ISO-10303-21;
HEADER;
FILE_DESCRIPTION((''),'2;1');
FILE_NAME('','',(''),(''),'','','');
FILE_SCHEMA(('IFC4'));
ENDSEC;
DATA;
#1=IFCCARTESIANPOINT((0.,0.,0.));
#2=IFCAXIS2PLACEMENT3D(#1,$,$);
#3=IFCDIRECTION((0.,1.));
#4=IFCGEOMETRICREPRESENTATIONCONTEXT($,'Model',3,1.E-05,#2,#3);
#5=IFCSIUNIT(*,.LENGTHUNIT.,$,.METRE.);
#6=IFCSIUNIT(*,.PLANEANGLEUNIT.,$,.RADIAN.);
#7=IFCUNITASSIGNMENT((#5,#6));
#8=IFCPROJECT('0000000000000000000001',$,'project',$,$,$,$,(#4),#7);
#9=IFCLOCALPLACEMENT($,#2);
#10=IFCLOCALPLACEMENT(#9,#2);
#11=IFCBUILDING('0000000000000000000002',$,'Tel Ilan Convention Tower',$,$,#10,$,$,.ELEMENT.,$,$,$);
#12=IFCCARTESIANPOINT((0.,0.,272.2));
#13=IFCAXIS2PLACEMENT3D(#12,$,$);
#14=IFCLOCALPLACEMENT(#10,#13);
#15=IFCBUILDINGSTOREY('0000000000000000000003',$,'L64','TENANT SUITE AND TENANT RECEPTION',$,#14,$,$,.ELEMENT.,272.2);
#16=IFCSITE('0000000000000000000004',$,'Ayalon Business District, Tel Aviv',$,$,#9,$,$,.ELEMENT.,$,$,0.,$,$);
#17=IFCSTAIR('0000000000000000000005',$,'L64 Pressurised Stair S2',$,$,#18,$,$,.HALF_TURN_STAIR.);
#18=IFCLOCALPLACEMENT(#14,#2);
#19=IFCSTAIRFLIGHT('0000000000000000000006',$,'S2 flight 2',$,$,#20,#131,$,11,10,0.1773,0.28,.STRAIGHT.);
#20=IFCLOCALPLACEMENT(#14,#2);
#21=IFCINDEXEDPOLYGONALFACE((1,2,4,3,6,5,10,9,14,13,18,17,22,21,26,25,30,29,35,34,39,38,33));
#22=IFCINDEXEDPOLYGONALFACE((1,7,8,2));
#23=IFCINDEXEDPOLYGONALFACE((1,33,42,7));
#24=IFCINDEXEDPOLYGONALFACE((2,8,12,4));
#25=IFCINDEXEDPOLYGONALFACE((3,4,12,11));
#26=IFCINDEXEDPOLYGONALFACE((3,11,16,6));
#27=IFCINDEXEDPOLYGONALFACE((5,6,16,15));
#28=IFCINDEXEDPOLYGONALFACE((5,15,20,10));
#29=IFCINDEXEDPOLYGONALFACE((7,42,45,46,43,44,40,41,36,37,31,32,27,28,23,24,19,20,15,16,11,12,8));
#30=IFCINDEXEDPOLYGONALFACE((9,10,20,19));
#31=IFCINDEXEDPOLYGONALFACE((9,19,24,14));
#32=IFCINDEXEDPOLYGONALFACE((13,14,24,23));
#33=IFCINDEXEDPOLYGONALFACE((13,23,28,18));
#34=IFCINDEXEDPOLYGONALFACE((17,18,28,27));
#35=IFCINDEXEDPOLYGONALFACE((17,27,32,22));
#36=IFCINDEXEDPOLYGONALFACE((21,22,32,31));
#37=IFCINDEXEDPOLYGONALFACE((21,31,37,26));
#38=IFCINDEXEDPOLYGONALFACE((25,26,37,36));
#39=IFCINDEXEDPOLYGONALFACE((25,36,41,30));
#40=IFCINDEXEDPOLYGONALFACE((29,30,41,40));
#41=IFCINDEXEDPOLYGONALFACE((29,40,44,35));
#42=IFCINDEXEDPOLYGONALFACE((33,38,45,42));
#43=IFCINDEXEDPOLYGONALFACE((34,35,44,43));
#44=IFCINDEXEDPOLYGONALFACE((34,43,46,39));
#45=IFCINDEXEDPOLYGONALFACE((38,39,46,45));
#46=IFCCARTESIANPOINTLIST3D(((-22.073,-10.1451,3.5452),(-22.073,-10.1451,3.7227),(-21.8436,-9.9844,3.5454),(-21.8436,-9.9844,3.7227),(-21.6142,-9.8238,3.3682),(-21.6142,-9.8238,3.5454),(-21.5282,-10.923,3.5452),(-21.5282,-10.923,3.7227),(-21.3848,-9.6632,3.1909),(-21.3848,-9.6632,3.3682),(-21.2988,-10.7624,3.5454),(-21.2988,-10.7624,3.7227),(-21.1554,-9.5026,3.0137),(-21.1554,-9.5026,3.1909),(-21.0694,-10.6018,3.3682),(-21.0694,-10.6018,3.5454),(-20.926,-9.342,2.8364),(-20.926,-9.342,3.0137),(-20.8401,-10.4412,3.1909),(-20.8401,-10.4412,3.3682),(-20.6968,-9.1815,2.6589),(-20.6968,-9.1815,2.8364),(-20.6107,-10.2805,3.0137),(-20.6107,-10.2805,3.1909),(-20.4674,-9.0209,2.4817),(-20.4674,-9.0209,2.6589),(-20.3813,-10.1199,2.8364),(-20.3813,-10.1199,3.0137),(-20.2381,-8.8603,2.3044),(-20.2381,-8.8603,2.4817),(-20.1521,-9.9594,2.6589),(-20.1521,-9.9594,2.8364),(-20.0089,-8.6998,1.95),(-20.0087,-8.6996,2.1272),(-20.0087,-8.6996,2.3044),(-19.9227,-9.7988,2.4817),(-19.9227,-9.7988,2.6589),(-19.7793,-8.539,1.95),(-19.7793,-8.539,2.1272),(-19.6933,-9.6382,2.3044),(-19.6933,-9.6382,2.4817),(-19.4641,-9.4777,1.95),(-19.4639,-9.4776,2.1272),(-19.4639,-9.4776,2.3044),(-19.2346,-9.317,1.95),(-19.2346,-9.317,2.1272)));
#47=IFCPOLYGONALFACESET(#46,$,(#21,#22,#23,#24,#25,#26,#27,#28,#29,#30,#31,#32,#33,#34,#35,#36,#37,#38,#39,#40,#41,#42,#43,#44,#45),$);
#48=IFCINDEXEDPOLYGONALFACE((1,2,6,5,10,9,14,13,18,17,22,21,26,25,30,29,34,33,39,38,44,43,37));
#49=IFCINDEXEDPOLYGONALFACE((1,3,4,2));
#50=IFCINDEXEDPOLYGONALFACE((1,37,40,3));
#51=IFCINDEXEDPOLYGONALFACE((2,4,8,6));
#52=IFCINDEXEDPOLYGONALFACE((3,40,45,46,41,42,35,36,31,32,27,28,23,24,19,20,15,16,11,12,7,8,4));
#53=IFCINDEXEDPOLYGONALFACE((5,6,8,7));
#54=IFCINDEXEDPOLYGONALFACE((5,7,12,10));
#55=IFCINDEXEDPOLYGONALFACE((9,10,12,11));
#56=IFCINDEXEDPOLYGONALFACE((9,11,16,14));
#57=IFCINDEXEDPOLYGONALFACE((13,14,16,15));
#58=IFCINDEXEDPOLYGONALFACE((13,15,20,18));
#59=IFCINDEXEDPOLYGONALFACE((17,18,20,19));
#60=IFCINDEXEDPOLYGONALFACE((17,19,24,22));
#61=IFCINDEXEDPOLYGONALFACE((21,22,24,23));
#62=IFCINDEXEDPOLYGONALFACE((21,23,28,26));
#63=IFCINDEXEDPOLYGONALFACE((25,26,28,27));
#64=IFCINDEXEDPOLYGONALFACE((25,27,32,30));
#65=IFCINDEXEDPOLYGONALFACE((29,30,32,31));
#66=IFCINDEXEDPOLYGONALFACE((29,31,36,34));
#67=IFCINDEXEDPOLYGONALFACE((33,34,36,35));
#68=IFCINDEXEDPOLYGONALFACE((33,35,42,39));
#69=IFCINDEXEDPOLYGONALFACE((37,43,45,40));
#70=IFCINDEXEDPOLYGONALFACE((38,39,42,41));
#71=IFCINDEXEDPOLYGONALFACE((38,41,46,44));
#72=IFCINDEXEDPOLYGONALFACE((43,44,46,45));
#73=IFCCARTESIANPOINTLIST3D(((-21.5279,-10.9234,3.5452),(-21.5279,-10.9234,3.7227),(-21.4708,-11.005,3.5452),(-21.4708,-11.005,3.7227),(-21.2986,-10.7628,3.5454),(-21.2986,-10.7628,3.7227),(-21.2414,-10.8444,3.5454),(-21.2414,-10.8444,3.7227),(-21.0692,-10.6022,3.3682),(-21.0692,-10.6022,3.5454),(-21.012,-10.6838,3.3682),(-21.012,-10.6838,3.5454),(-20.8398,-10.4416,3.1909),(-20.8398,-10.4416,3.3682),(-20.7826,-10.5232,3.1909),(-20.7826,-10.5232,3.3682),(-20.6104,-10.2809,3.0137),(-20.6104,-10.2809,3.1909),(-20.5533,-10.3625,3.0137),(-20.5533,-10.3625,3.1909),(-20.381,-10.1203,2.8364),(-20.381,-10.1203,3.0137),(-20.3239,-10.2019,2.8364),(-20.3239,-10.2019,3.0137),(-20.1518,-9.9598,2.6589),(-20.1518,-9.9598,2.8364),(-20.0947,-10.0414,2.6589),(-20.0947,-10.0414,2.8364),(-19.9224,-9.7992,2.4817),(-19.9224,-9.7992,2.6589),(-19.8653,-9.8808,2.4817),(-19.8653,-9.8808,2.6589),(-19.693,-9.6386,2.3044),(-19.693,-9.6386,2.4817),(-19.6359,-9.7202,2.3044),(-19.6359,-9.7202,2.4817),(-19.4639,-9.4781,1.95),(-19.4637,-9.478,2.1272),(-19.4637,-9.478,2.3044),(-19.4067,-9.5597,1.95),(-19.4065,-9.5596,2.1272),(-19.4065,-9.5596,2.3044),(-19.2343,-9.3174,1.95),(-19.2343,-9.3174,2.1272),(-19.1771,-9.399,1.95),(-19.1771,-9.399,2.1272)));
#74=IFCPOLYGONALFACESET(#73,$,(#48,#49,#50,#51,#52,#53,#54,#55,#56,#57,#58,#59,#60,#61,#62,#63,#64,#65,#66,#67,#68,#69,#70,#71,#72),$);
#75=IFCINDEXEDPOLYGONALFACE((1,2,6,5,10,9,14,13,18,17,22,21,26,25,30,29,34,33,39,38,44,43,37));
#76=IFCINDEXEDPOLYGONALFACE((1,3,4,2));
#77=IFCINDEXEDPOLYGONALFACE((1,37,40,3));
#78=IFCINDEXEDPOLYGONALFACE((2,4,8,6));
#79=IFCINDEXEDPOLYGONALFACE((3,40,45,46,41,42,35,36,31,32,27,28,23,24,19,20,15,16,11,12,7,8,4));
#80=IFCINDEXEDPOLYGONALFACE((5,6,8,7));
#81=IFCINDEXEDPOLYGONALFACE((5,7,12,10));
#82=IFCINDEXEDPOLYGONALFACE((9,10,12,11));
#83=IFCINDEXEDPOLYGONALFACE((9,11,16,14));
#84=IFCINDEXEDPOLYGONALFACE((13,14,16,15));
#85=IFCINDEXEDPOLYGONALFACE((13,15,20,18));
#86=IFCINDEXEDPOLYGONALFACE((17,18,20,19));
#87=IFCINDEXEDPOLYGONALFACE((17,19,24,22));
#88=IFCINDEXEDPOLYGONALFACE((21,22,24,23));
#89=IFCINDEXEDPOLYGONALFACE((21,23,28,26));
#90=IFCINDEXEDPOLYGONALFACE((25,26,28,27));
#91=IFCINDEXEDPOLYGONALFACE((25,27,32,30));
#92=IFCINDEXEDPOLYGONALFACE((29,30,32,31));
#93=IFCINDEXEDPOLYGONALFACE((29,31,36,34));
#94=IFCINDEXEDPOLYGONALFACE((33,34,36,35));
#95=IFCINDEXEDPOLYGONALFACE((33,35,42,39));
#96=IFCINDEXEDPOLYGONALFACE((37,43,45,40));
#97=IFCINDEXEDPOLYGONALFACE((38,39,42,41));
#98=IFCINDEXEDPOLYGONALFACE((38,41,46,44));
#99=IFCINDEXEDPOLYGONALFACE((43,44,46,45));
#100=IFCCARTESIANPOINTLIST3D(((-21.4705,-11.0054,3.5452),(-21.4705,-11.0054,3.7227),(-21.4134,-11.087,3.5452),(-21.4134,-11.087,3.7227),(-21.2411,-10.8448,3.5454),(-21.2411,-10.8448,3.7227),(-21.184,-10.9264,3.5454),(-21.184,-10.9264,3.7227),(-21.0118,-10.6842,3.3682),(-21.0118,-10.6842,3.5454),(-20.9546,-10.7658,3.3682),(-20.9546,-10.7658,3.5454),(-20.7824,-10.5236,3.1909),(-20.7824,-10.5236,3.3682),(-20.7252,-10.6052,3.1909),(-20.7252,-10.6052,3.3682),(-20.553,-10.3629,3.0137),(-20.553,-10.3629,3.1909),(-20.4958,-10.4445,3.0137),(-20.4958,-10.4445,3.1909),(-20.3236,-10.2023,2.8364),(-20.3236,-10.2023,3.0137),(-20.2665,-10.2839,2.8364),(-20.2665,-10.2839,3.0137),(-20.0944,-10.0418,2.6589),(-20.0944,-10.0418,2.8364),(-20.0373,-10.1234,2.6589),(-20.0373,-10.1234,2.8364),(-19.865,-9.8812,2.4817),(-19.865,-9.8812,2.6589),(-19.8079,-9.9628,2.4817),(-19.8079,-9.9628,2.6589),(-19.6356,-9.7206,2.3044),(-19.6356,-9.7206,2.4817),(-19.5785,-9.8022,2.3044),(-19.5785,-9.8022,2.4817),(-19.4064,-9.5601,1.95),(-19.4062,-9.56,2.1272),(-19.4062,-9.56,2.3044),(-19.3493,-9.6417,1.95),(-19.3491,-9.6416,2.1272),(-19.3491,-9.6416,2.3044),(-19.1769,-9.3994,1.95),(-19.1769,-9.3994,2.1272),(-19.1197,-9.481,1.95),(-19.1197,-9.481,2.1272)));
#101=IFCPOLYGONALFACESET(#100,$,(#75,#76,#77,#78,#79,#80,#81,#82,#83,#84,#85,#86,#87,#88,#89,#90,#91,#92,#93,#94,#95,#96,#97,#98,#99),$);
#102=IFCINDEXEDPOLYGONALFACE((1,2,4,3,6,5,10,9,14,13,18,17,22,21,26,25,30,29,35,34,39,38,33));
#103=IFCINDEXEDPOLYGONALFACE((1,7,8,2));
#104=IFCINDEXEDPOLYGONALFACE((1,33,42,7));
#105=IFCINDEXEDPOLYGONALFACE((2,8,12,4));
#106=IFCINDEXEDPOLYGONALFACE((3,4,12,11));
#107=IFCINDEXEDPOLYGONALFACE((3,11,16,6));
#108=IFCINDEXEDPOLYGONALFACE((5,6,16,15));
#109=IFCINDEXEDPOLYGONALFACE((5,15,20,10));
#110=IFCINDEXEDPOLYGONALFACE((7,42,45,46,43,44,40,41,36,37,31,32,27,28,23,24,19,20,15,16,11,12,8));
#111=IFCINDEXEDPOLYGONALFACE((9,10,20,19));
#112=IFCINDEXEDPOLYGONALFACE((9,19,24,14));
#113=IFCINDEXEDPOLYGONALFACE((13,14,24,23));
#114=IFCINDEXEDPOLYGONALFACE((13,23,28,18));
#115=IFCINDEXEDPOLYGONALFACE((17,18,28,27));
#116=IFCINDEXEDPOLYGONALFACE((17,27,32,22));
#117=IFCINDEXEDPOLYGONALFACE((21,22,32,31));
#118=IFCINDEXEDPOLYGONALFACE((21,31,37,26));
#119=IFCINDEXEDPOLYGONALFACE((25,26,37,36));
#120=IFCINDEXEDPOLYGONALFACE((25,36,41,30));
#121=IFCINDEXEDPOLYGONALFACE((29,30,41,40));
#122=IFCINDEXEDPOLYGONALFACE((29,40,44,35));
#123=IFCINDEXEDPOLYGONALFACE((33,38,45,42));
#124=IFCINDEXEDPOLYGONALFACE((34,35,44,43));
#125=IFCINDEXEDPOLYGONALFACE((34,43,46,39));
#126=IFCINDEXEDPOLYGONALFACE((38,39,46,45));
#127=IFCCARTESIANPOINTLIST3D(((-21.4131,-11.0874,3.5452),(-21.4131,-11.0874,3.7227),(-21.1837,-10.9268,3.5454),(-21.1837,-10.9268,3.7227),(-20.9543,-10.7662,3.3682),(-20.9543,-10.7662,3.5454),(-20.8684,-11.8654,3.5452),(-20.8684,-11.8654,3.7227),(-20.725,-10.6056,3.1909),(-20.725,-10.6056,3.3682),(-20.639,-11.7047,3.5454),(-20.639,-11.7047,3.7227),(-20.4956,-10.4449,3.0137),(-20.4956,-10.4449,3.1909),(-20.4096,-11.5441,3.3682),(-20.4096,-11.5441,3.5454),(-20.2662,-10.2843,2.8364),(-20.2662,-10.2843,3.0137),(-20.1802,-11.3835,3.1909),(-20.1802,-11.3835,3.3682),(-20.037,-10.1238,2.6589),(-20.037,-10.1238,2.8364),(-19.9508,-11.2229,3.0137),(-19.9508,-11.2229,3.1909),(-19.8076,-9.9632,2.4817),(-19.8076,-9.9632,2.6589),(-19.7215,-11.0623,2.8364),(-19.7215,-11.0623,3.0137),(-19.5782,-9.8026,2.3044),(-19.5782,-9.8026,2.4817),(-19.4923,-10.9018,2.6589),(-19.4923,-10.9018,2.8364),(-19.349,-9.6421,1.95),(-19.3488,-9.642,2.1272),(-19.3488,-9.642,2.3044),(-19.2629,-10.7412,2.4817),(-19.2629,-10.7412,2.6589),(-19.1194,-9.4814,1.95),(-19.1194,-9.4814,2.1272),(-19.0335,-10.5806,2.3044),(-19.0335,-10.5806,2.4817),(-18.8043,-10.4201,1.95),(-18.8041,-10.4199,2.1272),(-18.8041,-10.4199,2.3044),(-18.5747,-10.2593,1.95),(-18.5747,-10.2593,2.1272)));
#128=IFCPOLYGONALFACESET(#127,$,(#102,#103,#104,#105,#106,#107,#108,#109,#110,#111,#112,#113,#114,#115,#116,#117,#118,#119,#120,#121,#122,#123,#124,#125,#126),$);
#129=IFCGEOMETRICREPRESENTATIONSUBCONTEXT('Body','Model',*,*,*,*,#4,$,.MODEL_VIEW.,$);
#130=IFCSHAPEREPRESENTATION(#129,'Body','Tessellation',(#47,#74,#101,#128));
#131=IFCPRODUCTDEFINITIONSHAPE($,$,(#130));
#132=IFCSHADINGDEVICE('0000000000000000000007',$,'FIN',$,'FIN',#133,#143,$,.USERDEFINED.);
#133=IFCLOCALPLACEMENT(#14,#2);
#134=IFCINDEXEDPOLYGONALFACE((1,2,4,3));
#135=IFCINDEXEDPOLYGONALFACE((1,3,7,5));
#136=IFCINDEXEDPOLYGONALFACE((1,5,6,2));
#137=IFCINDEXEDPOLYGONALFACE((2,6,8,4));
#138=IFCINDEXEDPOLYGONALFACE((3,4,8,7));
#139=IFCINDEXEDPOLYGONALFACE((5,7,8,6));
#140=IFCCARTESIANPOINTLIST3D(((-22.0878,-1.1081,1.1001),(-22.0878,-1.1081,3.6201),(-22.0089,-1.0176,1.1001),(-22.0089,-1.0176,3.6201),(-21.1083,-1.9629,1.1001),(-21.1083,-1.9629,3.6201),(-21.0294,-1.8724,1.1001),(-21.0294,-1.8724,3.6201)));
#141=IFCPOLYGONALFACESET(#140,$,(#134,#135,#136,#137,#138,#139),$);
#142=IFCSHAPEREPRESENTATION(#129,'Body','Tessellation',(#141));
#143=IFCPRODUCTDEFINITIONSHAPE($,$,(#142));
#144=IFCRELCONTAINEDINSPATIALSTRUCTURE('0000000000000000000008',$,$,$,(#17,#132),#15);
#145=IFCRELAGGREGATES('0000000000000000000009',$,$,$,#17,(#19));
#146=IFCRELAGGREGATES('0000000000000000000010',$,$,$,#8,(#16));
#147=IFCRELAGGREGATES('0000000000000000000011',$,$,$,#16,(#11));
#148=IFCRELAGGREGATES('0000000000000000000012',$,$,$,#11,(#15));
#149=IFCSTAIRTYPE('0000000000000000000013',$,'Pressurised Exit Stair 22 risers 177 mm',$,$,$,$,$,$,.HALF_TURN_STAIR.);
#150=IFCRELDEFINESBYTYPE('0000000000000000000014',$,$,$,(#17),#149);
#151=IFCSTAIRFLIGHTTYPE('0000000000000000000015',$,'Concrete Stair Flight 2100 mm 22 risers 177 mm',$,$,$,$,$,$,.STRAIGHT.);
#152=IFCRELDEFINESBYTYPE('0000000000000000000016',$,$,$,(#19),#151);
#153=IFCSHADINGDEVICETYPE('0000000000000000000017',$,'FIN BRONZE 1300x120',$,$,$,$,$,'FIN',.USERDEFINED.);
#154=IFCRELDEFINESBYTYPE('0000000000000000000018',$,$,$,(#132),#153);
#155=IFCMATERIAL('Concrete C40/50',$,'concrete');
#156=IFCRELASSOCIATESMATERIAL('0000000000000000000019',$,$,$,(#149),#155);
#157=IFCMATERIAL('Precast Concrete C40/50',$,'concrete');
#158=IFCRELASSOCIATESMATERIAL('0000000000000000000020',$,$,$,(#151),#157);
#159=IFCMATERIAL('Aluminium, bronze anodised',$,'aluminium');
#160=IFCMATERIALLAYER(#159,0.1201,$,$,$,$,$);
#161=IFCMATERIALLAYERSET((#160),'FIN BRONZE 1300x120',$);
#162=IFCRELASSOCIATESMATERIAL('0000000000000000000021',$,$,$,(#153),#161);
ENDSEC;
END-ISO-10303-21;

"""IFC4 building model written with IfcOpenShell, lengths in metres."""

from ifc_helpers import new_model, si_unit, direction, frame, origin, origin_2d, place, context, subcontext, project, spatial, polyline, rectangle, outline, extrude, material, layer, layer_set, type_object, element, aggregate, save


model = new_model("IFC4")

# Units and contexts
model_context = context("Model", 3, precision=1e-05, world=origin(), true_north=direction((0.0, 1.0)))
body_context = subcontext(model_context, "Body", "Model", "MODEL_VIEW")
ifc_project = project(units=[si_unit("LENGTHUNIT", "METRE"), si_unit("PLANEANGLEUNIT", "RADIAN")], contexts=[model_context])

# Site, building, storey
site_placement = place(None, origin())
site = spatial("IfcSite", under=ifc_project, at=site_placement, Name="Ayalon Business District, Tel Aviv", CompositionType="ELEMENT", RefElevation=0.0)
building_placement = place(site_placement, origin())
building = spatial("IfcBuilding", under=site, at=building_placement, Name="Tel Ilan Convention Tower", CompositionType="ELEMENT")
storey_placement = place(building_placement, frame((0.0, 0.0, 272.2)))
storey = spatial("IfcBuildingStorey", under=building, at=storey_placement, Name="L64", Description="TENANT SUITE AND TENANT RECEPTION", CompositionType="ELEMENT", Elevation=272.2)

# Stair, stair flight
ifc_material_1 = material(Name="Concrete C40/50", Category="concrete")
stair_type = type_object("IfcStairType", Name="Pressurised Exit Stair 22 risers 177 mm", PredefinedType="HALF_TURN_STAIR", material=ifc_material_1)
ifc_material_2 = material(Name="Precast Concrete C40/50", Category="concrete")
stair_flight_type = type_object("IfcStairFlightType", Name="Concrete Stair Flight 2100 mm 22 risers 177 mm", PredefinedType="STRAIGHT", material=ifc_material_2)
stair_1_placement = place(storey_placement, origin())
stair_1 = element("IfcStair", 1, at=stair_1_placement, inside=storey, type_object=stair_type, Name="L64 Pressurised Stair S2", PredefinedType="HALF_TURN_STAIR")
stair_flight_1_placement = place(storey_placement, frame((-19.177, -9.3992, 1.95), z_axis=(0.0, 0.0, 1.0), x_axis=(-0.819152, -0.573576, 0.0)))
stair_flight_1 = element("IfcStairFlight", 2, at=stair_flight_1_placement, type_object=stair_flight_type, Name="S2 flight 2", NumberOfRisers=11, NumberOfTreads=10, PredefinedType="STRAIGHT", RiserHeight=0.1773, TreadLength=0.28, context=body_context, shape_type="SweptSolid", body=[
    extrude(outline(polyline([(0.0, 0.0), (0.0, 0.1772), (0.28, 0.1772), (0.28, 0.3545), (0.5601, 0.3545), (0.5601, 0.5317), (0.8401, 0.5317), (0.8401, 0.709), (1.1201, 0.709), (1.1201, 0.8865), (1.3999, 0.8865), (1.3999, 1.0637), (1.6799, 1.0637), (1.6799, 1.241), (1.96, 1.241), (1.96, 1.4182), (2.24, 1.4182), (2.24, 1.5955), (2.52, 1.5955), (2.52, 1.7727), (2.8, 1.7727), (2.8, 1.95), (2.8, 1.5952), (0.2803, 0.0), (0.0, 0.0)])), frame((0.0, -0.1003, 0.0), z_axis=(0.0, -1.0, 0.0), x_axis=(1.0, 0.0, 0.0)), (0.0, 0.0, 1.0), 0.9497),
    extrude(outline(polyline([(0.0, 0.0), (0.0, 0.1772), (0.28, 0.1772), (0.28, 0.3545), (0.5601, 0.3545), (0.5601, 0.5317), (0.8401, 0.5317), (0.8401, 0.709), (1.1201, 0.709), (1.1201, 0.8865), (1.3999, 0.8865), (1.3999, 1.0637), (1.6799, 1.0637), (1.6799, 1.241), (1.96, 1.241), (1.96, 1.4182), (2.24, 1.4182), (2.24, 1.5955), (2.52, 1.5955), (2.52, 1.7727), (2.8, 1.7727), (2.8, 1.95), (2.8, 1.5952), (0.2803, 0.0), (0.0, 0.0)])), frame((0.0, -0.0002, 0.0), z_axis=(0.0, -1.0, 0.0), x_axis=(1.0, 0.0, 0.0)), (0.0, 0.0, 1.0), 0.0996),
    extrude(outline(polyline([(0.0, 0.0), (0.0, 0.1772), (0.28, 0.1772), (0.28, 0.3545), (0.5601, 0.3545), (0.5601, 0.5317), (0.8401, 0.5317), (0.8401, 0.709), (1.1201, 0.709), (1.1201, 0.8865), (1.3999, 0.8865), (1.3999, 1.0637), (1.6799, 1.0637), (1.6799, 1.241), (1.96, 1.241), (1.96, 1.4182), (2.24, 1.4182), (2.24, 1.5955), (2.52, 1.5955), (2.52, 1.7727), (2.8, 1.7727), (2.8, 1.95), (2.8, 1.5952), (0.2803, 0.0), (0.0, 0.0)])), frame((0.0, 0.0999, 0.0), z_axis=(0.0, -1.0, 0.0), x_axis=(1.0, 0.0, 0.0)), (0.0, 0.0, 1.0), 0.0996),
    extrude(outline(polyline([(0.0, 0.0), (0.0, 0.1772), (0.28, 0.1772), (0.28, 0.3545), (0.5601, 0.3545), (0.5601, 0.5317), (0.8401, 0.5317), (0.8401, 0.709), (1.1201, 0.709), (1.1201, 0.8865), (1.3999, 0.8865), (1.3999, 1.0637), (1.6799, 1.0637), (1.6799, 1.241), (1.96, 1.241), (1.96, 1.4182), (2.24, 1.4182), (2.24, 1.5955), (2.52, 1.5955), (2.52, 1.7727), (2.8, 1.7727), (2.8, 1.95), (2.8, 1.5952), (0.2803, 0.0), (0.0, 0.0)])), frame((0.0, 1.05, 0.0), z_axis=(0.0, -1.0, 0.0), x_axis=(1.0, 0.0, 0.0)), (0.0, 0.0, 1.0), 0.9497),
])
aggregate(stair_1, [stair_flight_1])

# Shading device
ifc_material_3 = material(Name="Aluminium, bronze anodised", Category="aluminium")
ifc_layer_1 = layer(ifc_material_3, 0.1201)
ifc_layer_set_1 = layer_set([ifc_layer_1], Name="FIN BRONZE 1300x120")
shading_device_type = type_object("IfcShadingDeviceType", Name="FIN BRONZE 1300x120", ElementType="FIN", PredefinedType="USERDEFINED", material=ifc_layer_set_1)
shading_device_placement = place(storey_placement, frame((-21.5586, -1.4902, 1.1001), z_axis=(0.0, 0.0, 1.0), x_axis=(-0.753436, 0.657521, 0.0)))
element("IfcShadingDevice", 3, at=shading_device_placement, inside=storey, type_object=shading_device_type, Name="FIN", ObjectType="FIN", PredefinedType="USERDEFINED", context=body_context, shape_type="SweptSolid", body=[
    extrude(rectangle(XDim=1.3, YDim=0.1201, at=origin_2d()), origin(), (0.0, 0.0, 1.0), 2.52),
])

save(model, "model.ifc")
